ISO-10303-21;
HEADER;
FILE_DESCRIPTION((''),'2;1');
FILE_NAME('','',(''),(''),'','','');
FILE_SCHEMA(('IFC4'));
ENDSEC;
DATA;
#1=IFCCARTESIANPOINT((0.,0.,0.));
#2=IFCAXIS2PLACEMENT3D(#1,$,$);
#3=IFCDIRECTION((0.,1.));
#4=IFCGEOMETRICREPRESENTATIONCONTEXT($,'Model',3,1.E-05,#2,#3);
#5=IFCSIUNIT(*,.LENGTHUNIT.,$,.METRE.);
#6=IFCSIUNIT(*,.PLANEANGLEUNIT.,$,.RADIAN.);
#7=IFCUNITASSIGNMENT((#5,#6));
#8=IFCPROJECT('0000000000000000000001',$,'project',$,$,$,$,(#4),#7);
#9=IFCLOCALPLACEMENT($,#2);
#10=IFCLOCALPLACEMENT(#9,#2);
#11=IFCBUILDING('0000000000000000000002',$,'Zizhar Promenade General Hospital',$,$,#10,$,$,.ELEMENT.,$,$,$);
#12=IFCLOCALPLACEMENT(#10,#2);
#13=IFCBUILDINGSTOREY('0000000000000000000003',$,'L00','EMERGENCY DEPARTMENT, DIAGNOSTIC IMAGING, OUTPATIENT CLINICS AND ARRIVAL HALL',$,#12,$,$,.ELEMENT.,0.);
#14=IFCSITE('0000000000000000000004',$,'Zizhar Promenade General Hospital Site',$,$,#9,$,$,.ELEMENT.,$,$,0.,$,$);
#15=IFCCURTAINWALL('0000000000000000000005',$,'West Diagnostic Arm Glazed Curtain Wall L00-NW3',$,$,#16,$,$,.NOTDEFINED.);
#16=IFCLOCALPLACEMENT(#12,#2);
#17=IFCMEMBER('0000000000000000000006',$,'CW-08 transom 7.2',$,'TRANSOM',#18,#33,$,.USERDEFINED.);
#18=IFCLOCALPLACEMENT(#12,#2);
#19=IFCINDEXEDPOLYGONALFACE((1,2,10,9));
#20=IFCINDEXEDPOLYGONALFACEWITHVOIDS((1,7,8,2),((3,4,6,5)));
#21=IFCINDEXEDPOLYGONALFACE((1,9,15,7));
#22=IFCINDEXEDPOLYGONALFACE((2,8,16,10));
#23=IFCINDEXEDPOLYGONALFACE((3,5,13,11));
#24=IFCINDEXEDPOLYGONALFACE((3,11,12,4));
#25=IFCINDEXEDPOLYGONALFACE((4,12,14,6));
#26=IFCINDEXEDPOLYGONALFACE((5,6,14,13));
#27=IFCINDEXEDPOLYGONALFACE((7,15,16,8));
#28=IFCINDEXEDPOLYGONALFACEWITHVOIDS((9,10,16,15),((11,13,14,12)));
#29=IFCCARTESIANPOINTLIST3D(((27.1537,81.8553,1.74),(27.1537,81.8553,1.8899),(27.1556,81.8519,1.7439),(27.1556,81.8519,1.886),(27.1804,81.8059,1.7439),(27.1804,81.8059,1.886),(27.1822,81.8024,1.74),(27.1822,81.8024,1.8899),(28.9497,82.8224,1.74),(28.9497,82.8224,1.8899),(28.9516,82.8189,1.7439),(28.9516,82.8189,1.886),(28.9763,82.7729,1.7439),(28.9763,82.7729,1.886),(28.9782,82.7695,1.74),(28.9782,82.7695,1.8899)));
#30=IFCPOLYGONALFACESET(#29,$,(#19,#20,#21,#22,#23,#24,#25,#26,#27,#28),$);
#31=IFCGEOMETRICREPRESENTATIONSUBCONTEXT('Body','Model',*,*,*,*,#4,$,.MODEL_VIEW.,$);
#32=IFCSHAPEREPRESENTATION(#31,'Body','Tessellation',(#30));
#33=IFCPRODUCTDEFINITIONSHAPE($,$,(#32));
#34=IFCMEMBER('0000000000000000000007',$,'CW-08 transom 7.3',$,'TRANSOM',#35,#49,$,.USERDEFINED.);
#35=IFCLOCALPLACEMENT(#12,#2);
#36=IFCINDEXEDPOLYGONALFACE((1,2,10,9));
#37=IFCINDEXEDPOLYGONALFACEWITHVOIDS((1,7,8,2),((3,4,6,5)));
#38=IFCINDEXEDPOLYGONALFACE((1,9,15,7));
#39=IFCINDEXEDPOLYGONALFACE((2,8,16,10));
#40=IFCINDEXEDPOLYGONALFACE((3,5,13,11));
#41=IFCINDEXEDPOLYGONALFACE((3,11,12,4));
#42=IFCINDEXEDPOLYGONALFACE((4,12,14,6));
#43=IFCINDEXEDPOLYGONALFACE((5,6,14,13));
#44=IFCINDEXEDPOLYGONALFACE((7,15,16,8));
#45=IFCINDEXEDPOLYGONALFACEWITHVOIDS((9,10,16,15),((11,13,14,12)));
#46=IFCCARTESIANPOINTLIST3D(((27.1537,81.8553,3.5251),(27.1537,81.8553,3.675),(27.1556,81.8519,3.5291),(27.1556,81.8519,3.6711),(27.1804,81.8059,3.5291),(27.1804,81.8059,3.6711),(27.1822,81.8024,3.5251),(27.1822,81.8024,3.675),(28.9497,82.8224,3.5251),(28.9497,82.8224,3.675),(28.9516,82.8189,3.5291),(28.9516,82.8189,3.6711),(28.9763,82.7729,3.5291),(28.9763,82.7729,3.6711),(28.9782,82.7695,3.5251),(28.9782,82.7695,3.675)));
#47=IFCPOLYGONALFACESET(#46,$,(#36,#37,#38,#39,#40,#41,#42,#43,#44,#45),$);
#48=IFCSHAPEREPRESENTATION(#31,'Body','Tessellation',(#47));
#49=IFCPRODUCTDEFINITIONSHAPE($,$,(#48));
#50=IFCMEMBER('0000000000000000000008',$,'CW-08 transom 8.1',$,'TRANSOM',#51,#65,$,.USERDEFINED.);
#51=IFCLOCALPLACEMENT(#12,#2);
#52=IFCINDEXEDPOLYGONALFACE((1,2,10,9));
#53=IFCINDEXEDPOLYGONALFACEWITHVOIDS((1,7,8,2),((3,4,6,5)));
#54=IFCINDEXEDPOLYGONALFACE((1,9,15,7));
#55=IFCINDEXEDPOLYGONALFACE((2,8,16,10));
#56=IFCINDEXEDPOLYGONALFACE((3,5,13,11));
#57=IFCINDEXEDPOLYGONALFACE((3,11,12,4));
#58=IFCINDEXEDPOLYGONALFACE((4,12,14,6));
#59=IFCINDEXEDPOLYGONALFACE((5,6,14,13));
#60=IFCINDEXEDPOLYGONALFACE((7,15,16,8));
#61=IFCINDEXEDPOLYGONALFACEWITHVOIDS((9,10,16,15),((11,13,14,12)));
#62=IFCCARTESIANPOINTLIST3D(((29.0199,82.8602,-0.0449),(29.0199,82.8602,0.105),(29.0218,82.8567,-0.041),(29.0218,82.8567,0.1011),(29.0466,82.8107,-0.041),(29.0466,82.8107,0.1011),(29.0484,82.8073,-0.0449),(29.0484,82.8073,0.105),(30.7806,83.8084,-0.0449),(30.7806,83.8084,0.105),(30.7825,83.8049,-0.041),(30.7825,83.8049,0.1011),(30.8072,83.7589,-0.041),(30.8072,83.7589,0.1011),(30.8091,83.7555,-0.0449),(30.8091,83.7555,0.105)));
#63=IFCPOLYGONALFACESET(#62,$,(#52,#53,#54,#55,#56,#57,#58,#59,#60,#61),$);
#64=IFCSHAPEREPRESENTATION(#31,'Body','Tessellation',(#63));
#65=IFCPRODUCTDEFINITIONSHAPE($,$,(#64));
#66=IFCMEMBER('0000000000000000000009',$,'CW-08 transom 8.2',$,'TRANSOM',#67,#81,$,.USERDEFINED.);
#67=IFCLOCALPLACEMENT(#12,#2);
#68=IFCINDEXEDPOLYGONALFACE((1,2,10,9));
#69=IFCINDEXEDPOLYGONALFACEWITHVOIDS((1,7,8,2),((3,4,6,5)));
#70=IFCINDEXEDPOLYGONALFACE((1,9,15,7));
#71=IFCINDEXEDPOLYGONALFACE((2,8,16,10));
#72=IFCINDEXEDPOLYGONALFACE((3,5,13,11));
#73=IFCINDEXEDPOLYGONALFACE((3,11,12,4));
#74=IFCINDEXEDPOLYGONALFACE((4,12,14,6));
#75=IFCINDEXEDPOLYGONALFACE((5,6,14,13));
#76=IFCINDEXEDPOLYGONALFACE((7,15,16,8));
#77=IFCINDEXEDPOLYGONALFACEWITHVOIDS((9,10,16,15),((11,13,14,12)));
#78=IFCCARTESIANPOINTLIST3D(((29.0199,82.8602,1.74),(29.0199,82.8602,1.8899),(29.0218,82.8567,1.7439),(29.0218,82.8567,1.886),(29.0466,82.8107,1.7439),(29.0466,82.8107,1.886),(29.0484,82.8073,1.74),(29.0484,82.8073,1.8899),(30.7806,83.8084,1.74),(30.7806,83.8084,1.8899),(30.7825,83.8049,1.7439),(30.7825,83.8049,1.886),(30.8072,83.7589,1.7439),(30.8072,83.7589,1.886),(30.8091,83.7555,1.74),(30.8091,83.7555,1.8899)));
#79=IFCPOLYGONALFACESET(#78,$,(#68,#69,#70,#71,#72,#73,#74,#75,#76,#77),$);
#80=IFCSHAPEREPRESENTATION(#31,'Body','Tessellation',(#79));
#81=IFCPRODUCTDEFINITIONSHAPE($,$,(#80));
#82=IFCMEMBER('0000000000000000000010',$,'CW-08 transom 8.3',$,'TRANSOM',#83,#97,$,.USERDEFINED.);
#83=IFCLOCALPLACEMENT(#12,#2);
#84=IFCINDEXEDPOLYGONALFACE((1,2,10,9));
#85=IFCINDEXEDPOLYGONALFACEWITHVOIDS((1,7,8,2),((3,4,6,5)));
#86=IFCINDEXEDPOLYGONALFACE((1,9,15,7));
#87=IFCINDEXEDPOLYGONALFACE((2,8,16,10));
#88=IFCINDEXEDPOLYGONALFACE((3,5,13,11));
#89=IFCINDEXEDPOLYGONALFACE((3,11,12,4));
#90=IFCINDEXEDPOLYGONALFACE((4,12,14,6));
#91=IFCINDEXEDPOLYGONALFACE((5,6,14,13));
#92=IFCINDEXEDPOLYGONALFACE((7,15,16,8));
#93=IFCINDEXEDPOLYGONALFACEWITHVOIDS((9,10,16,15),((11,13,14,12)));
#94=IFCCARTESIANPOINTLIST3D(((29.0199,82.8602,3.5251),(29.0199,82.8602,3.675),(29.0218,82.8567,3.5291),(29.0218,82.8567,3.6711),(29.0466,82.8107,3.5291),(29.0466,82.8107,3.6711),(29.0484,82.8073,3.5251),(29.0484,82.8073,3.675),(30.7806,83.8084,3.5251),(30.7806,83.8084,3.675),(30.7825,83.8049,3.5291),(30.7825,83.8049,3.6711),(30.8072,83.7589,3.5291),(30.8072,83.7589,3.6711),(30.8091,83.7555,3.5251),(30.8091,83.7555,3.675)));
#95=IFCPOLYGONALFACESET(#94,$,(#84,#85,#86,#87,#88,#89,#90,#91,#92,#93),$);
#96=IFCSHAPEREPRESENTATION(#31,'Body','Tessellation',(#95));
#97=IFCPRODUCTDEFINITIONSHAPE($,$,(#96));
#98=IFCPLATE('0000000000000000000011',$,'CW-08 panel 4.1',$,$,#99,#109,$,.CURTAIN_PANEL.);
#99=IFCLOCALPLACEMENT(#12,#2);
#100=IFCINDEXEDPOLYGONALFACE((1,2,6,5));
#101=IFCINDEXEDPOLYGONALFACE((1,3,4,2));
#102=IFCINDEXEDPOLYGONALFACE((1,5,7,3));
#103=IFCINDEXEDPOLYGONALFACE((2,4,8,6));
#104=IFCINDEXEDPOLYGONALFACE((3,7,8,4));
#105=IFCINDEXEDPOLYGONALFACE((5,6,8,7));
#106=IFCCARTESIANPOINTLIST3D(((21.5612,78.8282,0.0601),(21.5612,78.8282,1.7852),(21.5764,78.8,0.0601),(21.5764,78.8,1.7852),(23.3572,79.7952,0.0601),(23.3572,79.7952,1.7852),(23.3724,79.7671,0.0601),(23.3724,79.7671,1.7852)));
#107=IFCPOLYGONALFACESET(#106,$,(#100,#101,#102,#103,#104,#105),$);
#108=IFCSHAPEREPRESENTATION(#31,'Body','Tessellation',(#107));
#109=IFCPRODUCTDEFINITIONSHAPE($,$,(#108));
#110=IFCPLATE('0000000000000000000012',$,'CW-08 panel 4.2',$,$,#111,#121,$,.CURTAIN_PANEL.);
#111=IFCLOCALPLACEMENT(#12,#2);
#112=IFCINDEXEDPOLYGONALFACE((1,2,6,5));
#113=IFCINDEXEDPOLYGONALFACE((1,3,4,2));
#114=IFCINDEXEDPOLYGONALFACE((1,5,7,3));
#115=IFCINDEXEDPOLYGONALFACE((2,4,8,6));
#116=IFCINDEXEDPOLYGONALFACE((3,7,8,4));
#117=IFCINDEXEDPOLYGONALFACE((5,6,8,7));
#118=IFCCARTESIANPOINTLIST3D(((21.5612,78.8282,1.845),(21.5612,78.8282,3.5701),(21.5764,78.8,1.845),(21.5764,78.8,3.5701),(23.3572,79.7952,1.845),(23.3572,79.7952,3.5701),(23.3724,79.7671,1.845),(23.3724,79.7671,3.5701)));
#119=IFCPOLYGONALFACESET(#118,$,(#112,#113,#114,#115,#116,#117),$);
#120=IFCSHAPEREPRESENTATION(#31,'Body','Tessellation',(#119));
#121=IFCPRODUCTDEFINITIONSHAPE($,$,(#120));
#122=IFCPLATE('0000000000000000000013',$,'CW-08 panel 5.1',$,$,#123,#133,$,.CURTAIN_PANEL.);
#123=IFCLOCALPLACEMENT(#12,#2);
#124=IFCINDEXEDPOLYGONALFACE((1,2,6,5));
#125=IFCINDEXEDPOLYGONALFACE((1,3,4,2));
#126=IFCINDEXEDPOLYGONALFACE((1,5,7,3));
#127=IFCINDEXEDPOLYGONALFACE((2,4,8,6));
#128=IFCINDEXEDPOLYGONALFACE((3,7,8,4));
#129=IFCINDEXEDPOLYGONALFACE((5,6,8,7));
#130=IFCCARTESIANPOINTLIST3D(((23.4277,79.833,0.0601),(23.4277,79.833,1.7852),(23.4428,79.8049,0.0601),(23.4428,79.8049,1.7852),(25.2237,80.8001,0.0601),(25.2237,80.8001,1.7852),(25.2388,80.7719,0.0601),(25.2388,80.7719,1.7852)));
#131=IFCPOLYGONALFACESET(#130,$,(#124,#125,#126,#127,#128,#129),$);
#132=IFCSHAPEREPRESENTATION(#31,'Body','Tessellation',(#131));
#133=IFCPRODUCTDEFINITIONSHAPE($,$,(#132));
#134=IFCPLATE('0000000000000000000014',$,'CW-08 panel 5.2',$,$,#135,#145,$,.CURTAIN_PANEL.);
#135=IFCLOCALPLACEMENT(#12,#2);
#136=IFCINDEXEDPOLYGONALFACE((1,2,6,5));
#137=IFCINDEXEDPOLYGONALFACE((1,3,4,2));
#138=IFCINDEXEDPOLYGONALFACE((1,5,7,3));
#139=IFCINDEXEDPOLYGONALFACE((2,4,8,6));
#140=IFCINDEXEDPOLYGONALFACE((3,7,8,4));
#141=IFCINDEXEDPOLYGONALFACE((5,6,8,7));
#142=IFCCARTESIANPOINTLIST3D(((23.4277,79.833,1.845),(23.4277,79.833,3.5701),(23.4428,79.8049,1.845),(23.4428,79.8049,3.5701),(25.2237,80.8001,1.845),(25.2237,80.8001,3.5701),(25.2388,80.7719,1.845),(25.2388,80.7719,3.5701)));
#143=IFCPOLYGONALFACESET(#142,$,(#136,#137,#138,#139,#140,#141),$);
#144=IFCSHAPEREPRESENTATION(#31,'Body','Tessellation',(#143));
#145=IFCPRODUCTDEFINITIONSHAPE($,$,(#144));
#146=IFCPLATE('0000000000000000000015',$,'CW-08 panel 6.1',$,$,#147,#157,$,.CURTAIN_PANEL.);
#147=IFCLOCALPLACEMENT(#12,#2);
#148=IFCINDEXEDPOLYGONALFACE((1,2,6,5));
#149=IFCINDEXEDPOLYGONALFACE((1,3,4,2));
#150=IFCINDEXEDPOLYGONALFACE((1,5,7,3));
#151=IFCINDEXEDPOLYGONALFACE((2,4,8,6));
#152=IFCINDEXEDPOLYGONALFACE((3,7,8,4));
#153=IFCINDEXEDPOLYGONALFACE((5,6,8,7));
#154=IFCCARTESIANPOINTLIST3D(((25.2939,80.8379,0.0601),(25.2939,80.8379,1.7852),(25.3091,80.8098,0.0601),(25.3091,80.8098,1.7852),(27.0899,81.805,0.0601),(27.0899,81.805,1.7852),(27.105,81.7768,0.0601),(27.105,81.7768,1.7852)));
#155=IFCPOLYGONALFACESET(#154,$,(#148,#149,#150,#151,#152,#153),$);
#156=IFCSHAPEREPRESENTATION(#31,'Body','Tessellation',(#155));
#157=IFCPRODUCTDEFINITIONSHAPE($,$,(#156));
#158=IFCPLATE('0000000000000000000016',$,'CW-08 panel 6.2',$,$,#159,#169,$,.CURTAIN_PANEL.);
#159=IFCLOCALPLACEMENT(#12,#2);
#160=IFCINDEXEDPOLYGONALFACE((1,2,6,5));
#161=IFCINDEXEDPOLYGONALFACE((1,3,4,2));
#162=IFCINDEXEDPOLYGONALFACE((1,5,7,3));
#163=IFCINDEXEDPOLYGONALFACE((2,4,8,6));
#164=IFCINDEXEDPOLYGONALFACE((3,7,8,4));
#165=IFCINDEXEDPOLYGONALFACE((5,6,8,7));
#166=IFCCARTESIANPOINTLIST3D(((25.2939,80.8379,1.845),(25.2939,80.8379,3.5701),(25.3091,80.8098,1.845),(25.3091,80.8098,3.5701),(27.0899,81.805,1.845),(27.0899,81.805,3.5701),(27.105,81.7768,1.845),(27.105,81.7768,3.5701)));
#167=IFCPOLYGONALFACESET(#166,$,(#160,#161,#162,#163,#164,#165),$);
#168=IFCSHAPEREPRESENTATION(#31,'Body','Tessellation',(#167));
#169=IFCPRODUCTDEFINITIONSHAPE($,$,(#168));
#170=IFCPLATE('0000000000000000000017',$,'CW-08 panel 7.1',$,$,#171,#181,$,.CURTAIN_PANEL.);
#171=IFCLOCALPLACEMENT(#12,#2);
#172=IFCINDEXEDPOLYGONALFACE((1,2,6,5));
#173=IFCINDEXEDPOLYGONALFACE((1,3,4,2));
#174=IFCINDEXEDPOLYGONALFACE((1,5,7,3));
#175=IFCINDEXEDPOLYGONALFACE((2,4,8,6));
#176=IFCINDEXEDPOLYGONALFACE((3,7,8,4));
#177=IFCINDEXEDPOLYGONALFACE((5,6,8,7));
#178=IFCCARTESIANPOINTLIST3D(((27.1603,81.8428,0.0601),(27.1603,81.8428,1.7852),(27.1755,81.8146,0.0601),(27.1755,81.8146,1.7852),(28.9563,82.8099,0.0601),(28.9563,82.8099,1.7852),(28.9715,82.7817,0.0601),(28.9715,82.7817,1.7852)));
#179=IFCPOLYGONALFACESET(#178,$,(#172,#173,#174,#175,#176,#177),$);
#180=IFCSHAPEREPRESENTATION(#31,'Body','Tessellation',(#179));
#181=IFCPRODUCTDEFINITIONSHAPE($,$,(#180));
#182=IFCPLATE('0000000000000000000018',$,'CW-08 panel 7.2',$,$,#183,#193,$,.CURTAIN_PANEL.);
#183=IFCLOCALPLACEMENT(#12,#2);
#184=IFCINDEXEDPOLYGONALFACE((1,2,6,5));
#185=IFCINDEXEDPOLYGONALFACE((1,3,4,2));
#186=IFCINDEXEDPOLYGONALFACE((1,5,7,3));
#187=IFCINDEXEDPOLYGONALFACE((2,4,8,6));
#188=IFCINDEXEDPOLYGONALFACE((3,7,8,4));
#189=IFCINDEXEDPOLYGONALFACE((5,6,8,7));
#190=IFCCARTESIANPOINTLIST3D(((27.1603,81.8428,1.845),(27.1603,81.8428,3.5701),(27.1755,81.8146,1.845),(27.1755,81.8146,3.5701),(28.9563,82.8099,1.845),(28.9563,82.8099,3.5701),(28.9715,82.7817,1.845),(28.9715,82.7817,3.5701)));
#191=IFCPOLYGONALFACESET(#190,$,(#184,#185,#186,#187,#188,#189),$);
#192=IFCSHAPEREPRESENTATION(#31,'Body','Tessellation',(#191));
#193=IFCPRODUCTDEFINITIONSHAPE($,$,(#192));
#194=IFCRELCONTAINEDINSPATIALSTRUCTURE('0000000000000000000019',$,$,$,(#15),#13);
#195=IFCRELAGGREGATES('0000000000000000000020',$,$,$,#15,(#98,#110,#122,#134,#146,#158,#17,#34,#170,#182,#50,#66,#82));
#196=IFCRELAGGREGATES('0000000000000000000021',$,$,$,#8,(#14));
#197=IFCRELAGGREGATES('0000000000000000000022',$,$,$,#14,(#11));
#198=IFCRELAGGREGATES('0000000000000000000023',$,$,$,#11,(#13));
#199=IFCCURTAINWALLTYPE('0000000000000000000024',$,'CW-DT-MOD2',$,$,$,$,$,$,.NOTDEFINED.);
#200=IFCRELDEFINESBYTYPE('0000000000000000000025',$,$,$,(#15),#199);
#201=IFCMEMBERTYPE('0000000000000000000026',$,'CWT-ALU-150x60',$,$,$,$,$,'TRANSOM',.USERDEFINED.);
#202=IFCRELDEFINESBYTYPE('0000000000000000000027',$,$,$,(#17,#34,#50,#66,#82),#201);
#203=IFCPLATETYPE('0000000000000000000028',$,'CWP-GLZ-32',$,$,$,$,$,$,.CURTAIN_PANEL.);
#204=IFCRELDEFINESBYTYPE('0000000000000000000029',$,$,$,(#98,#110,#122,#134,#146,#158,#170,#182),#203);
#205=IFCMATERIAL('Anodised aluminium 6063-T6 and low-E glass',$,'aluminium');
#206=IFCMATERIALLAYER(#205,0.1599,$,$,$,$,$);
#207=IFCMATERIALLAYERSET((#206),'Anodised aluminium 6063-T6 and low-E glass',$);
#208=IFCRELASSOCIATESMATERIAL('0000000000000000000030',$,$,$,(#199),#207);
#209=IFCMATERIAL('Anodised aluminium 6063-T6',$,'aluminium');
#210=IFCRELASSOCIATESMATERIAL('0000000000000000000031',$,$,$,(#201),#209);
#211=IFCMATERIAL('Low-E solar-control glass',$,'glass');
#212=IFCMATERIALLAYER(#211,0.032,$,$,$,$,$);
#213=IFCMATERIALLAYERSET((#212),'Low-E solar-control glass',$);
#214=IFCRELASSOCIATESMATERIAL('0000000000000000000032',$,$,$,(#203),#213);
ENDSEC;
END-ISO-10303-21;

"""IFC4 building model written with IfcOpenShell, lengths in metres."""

from ifc_helpers import new_model, si_unit, direction, frame, origin, origin_2d, place, context, subcontext, project, spatial, rectangle, hollow_rectangle, extrude, material, layer, layer_set, material_profile, profile_set, type_object, element, aggregate, save


model = new_model("IFC4")

# Units and contexts
model_context = context("Model", 3, precision=1e-05, world=origin(), true_north=direction((0.0, 1.0)))
body_context = subcontext(model_context, "Body", "Model", "MODEL_VIEW")
ifc_project = project(units=[si_unit("LENGTHUNIT", "METRE"), si_unit("PLANEANGLEUNIT", "RADIAN")], contexts=[model_context])

# Site, building, storey
site_placement = place(None, origin())
site = spatial("IfcSite", under=ifc_project, at=site_placement, Name="Zizhar Promenade General Hospital Site", CompositionType="ELEMENT", RefElevation=0.0)
building_placement = place(site_placement, origin())
building = spatial("IfcBuilding", under=site, at=building_placement, Name="Zizhar Promenade General Hospital", CompositionType="ELEMENT")
storey_placement = place(building_placement, origin())
storey = spatial("IfcBuildingStorey", under=building, at=storey_placement, Name="L00", Description="EMERGENCY DEPARTMENT, DIAGNOSTIC IMAGING, OUTPATIENT CLINICS AND ARRIVAL HALL", CompositionType="ELEMENT", Elevation=0.0)

# Curtain wall, members, plates
ifc_material_1 = material(Name="Anodised aluminium 6063-T6 and low-E glass", Category="aluminium")
ifc_layer_1 = layer(ifc_material_1, 0.1599)
ifc_layer_set_1 = layer_set([ifc_layer_1], Name="Anodised aluminium 6063-T6 and low-E glass")
curtain_wall_type = type_object("IfcCurtainWallType", Name="CW-DT-MOD2", PredefinedType="NOTDEFINED", material=ifc_layer_set_1)
curtain_wall_placement = place(storey_placement, origin())
curtain_wall = element("IfcCurtainWall", 1, at=curtain_wall_placement, inside=storey, type_object=curtain_wall_type, Name="West Diagnostic Arm Glazed Curtain Wall L00-NW3", PredefinedType="NOTDEFINED")
ifc_material_2 = material(Name="Anodised aluminium 6063-T6", Category="aluminium")
ifc_material_profile_1 = material_profile(ifc_material_2, hollow_rectangle(XDim=0.0601, YDim=0.1499, WallThickness=0.0039, at=origin_2d()))
ifc_profile_set_1 = profile_set([ifc_material_profile_1], Name="Anodised aluminium 6063-T6")
member_type_1 = type_object("IfcMemberType", Name="CWT-ALU-150x60", ElementType="TRANSOM", PredefinedType="USERDEFINED", material=ifc_profile_set_1)
member_1_placement = place(storey_placement, frame((27.168, 81.8289, 1.8149), z_axis=(0.880467, 0.474107, 0.0), x_axis=(-0.474107, 0.880467, 0.0)))
member_1 = element("IfcMember", 2, at=member_1_placement, type_object=member_type_1, Name="CW-08 transom 7.2", ObjectType="TRANSOM", PredefinedType="USERDEFINED", context=body_context, shape_type="SweptSolid", body=[
    extrude(hollow_rectangle(XDim=0.0601, YDim=0.1499, WallThickness=0.0039, at=origin_2d()), origin(), (0.0, 0.0, 1.0), 2.0398),
])
member_2_placement = place(storey_placement, frame((27.168, 81.8289, 3.6001), z_axis=(0.880467, 0.474107, 0.0), x_axis=(-0.474107, 0.880467, 0.0)))
member_2 = element("IfcMember", 3, at=member_2_placement, type_object=member_type_1, Name="CW-08 transom 7.3", ObjectType="TRANSOM", PredefinedType="USERDEFINED", context=body_context, shape_type="SweptSolid", body=[
    extrude(hollow_rectangle(XDim=0.0601, YDim=0.1499, WallThickness=0.0039, at=origin_2d()), origin(), (0.0, 0.0, 1.0), 2.0398),
])
member_3_placement = place(storey_placement, frame((29.0342, 82.8337, 0.03), z_axis=(0.88044, 0.474158, 0.0), x_axis=(-0.474158, 0.88044, 0.0)))
member_3 = element("IfcMember", 4, at=member_3_placement, type_object=member_type_1, Name="CW-08 transom 8.1", ObjectType="TRANSOM", PredefinedType="USERDEFINED", context=body_context, shape_type="SweptSolid", body=[
    extrude(hollow_rectangle(XDim=0.0601, YDim=0.1499, WallThickness=0.0039, at=origin_2d()), origin(), (0.0, 0.0, 1.0), 1.9998),
])
member_4_placement = place(storey_placement, frame((29.0342, 82.8337, 1.8149), z_axis=(0.88044, 0.474158, 0.0), x_axis=(-0.474158, 0.88044, 0.0)))
member_4 = element("IfcMember", 5, at=member_4_placement, type_object=member_type_1, Name="CW-08 transom 8.2", ObjectType="TRANSOM", PredefinedType="USERDEFINED", context=body_context, shape_type="SweptSolid", body=[
    extrude(hollow_rectangle(XDim=0.0601, YDim=0.1499, WallThickness=0.0039, at=origin_2d()), origin(), (0.0, 0.0, 1.0), 1.9998),
])
member_5_placement = place(storey_placement, frame((29.0342, 82.8337, 3.6001), z_axis=(0.88044, 0.474158, 0.0), x_axis=(-0.474158, 0.88044, 0.0)))
member_5 = element("IfcMember", 6, at=member_5_placement, type_object=member_type_1, Name="CW-08 transom 8.3", ObjectType="TRANSOM", PredefinedType="USERDEFINED", context=body_context, shape_type="SweptSolid", body=[
    extrude(hollow_rectangle(XDim=0.0601, YDim=0.1499, WallThickness=0.0039, at=origin_2d()), origin(), (0.0, 0.0, 1.0), 1.9998),
])
ifc_material_3 = material(Name="Low-E solar-control glass", Category="glass")
ifc_layer_2 = layer(ifc_material_3, 0.032)
ifc_layer_set_2 = layer_set([ifc_layer_2], Name="Low-E solar-control glass")
plate_type = type_object("IfcPlateType", Name="CWP-GLZ-32", PredefinedType="CURTAIN_PANEL", material=ifc_layer_set_2)
plate_1_placement = place(storey_placement, frame((22.4668, 79.2976, 0.0601), z_axis=(0.0, 0.0, 1.0), x_axis=(0.880473, 0.474097, 0.0)))
plate_1 = element("IfcPlate", 7, at=plate_1_placement, type_object=plate_type, Name="CW-08 panel 4.1", PredefinedType="CURTAIN_PANEL", context=body_context, shape_type="SweptSolid", body=[
    extrude(rectangle(XDim=2.0398, YDim=0.032, at=origin_2d()), origin(), (0.0, 0.0, 1.0), 1.7251),
])
plate_2_placement = place(storey_placement, frame((22.4668, 79.2976, 1.845), z_axis=(0.0, 0.0, 1.0), x_axis=(0.880473, 0.474097, 0.0)))
plate_2 = element("IfcPlate", 8, at=plate_2_placement, type_object=plate_type, Name="CW-08 panel 4.2", PredefinedType="CURTAIN_PANEL", context=body_context, shape_type="SweptSolid", body=[
    extrude(rectangle(XDim=2.0398, YDim=0.032, at=origin_2d()), origin(), (0.0, 0.0, 1.0), 1.7251),
])
plate_3_placement = place(storey_placement, frame((24.3333, 80.3025, 0.0601), z_axis=(0.0, 0.0, 1.0), x_axis=(0.880473, 0.474097, 0.0)))
plate_3 = element("IfcPlate", 9, at=plate_3_placement, type_object=plate_type, Name="CW-08 panel 5.1", PredefinedType="CURTAIN_PANEL", context=body_context, shape_type="SweptSolid", body=[
    extrude(rectangle(XDim=2.0398, YDim=0.032, at=origin_2d()), origin(), (0.0, 0.0, 1.0), 1.7251),
])
plate_4_placement = place(storey_placement, frame((24.3333, 80.3025, 1.845), z_axis=(0.0, 0.0, 1.0), x_axis=(0.880473, 0.474097, 0.0)))
plate_4 = element("IfcPlate", 10, at=plate_4_placement, type_object=plate_type, Name="CW-08 panel 5.2", PredefinedType="CURTAIN_PANEL", context=body_context, shape_type="SweptSolid", body=[
    extrude(rectangle(XDim=2.0398, YDim=0.032, at=origin_2d()), origin(), (0.0, 0.0, 1.0), 1.7251),
])
plate_5_placement = place(storey_placement, frame((26.1995, 81.3074, 0.0601), z_axis=(0.0, 0.0, 1.0), x_axis=(0.880473, 0.474097, 0.0)))
plate_5 = element("IfcPlate", 11, at=plate_5_placement, type_object=plate_type, Name="CW-08 panel 6.1", PredefinedType="CURTAIN_PANEL", context=body_context, shape_type="SweptSolid", body=[
    extrude(rectangle(XDim=2.0398, YDim=0.032, at=origin_2d()), origin(), (0.0, 0.0, 1.0), 1.7251),
])
plate_6_placement = place(storey_placement, frame((26.1995, 81.3074, 1.845), z_axis=(0.0, 0.0, 1.0), x_axis=(0.880473, 0.474097, 0.0)))
plate_6 = element("IfcPlate", 12, at=plate_6_placement, type_object=plate_type, Name="CW-08 panel 6.2", PredefinedType="CURTAIN_PANEL", context=body_context, shape_type="SweptSolid", body=[
    extrude(rectangle(XDim=2.0398, YDim=0.032, at=origin_2d()), origin(), (0.0, 0.0, 1.0), 1.7251),
])
plate_7_placement = place(storey_placement, frame((28.0659, 82.3123, 0.0601), z_axis=(0.0, 0.0, 1.0), x_axis=(0.880473, 0.474097, 0.0)))
plate_7 = element("IfcPlate", 13, at=plate_7_placement, type_object=plate_type, Name="CW-08 panel 7.1", PredefinedType="CURTAIN_PANEL", context=body_context, shape_type="SweptSolid", body=[
    extrude(rectangle(XDim=2.0398, YDim=0.032, at=origin_2d()), origin(), (0.0, 0.0, 1.0), 1.7251),
])
plate_8_placement = place(storey_placement, frame((28.0659, 82.3123, 1.845), z_axis=(0.0, 0.0, 1.0), x_axis=(0.880473, 0.474097, 0.0)))
plate_8 = element("IfcPlate", 14, at=plate_8_placement, type_object=plate_type, Name="CW-08 panel 7.2", PredefinedType="CURTAIN_PANEL", context=body_context, shape_type="SweptSolid", body=[
    extrude(rectangle(XDim=2.0398, YDim=0.032, at=origin_2d()), origin(), (0.0, 0.0, 1.0), 1.7251),
])
aggregate(curtain_wall, [plate_1, plate_2, plate_3, plate_4, plate_5, plate_6, member_1, member_2, plate_7, plate_8, member_3, member_4, member_5])

save(model, "model.ifc")
